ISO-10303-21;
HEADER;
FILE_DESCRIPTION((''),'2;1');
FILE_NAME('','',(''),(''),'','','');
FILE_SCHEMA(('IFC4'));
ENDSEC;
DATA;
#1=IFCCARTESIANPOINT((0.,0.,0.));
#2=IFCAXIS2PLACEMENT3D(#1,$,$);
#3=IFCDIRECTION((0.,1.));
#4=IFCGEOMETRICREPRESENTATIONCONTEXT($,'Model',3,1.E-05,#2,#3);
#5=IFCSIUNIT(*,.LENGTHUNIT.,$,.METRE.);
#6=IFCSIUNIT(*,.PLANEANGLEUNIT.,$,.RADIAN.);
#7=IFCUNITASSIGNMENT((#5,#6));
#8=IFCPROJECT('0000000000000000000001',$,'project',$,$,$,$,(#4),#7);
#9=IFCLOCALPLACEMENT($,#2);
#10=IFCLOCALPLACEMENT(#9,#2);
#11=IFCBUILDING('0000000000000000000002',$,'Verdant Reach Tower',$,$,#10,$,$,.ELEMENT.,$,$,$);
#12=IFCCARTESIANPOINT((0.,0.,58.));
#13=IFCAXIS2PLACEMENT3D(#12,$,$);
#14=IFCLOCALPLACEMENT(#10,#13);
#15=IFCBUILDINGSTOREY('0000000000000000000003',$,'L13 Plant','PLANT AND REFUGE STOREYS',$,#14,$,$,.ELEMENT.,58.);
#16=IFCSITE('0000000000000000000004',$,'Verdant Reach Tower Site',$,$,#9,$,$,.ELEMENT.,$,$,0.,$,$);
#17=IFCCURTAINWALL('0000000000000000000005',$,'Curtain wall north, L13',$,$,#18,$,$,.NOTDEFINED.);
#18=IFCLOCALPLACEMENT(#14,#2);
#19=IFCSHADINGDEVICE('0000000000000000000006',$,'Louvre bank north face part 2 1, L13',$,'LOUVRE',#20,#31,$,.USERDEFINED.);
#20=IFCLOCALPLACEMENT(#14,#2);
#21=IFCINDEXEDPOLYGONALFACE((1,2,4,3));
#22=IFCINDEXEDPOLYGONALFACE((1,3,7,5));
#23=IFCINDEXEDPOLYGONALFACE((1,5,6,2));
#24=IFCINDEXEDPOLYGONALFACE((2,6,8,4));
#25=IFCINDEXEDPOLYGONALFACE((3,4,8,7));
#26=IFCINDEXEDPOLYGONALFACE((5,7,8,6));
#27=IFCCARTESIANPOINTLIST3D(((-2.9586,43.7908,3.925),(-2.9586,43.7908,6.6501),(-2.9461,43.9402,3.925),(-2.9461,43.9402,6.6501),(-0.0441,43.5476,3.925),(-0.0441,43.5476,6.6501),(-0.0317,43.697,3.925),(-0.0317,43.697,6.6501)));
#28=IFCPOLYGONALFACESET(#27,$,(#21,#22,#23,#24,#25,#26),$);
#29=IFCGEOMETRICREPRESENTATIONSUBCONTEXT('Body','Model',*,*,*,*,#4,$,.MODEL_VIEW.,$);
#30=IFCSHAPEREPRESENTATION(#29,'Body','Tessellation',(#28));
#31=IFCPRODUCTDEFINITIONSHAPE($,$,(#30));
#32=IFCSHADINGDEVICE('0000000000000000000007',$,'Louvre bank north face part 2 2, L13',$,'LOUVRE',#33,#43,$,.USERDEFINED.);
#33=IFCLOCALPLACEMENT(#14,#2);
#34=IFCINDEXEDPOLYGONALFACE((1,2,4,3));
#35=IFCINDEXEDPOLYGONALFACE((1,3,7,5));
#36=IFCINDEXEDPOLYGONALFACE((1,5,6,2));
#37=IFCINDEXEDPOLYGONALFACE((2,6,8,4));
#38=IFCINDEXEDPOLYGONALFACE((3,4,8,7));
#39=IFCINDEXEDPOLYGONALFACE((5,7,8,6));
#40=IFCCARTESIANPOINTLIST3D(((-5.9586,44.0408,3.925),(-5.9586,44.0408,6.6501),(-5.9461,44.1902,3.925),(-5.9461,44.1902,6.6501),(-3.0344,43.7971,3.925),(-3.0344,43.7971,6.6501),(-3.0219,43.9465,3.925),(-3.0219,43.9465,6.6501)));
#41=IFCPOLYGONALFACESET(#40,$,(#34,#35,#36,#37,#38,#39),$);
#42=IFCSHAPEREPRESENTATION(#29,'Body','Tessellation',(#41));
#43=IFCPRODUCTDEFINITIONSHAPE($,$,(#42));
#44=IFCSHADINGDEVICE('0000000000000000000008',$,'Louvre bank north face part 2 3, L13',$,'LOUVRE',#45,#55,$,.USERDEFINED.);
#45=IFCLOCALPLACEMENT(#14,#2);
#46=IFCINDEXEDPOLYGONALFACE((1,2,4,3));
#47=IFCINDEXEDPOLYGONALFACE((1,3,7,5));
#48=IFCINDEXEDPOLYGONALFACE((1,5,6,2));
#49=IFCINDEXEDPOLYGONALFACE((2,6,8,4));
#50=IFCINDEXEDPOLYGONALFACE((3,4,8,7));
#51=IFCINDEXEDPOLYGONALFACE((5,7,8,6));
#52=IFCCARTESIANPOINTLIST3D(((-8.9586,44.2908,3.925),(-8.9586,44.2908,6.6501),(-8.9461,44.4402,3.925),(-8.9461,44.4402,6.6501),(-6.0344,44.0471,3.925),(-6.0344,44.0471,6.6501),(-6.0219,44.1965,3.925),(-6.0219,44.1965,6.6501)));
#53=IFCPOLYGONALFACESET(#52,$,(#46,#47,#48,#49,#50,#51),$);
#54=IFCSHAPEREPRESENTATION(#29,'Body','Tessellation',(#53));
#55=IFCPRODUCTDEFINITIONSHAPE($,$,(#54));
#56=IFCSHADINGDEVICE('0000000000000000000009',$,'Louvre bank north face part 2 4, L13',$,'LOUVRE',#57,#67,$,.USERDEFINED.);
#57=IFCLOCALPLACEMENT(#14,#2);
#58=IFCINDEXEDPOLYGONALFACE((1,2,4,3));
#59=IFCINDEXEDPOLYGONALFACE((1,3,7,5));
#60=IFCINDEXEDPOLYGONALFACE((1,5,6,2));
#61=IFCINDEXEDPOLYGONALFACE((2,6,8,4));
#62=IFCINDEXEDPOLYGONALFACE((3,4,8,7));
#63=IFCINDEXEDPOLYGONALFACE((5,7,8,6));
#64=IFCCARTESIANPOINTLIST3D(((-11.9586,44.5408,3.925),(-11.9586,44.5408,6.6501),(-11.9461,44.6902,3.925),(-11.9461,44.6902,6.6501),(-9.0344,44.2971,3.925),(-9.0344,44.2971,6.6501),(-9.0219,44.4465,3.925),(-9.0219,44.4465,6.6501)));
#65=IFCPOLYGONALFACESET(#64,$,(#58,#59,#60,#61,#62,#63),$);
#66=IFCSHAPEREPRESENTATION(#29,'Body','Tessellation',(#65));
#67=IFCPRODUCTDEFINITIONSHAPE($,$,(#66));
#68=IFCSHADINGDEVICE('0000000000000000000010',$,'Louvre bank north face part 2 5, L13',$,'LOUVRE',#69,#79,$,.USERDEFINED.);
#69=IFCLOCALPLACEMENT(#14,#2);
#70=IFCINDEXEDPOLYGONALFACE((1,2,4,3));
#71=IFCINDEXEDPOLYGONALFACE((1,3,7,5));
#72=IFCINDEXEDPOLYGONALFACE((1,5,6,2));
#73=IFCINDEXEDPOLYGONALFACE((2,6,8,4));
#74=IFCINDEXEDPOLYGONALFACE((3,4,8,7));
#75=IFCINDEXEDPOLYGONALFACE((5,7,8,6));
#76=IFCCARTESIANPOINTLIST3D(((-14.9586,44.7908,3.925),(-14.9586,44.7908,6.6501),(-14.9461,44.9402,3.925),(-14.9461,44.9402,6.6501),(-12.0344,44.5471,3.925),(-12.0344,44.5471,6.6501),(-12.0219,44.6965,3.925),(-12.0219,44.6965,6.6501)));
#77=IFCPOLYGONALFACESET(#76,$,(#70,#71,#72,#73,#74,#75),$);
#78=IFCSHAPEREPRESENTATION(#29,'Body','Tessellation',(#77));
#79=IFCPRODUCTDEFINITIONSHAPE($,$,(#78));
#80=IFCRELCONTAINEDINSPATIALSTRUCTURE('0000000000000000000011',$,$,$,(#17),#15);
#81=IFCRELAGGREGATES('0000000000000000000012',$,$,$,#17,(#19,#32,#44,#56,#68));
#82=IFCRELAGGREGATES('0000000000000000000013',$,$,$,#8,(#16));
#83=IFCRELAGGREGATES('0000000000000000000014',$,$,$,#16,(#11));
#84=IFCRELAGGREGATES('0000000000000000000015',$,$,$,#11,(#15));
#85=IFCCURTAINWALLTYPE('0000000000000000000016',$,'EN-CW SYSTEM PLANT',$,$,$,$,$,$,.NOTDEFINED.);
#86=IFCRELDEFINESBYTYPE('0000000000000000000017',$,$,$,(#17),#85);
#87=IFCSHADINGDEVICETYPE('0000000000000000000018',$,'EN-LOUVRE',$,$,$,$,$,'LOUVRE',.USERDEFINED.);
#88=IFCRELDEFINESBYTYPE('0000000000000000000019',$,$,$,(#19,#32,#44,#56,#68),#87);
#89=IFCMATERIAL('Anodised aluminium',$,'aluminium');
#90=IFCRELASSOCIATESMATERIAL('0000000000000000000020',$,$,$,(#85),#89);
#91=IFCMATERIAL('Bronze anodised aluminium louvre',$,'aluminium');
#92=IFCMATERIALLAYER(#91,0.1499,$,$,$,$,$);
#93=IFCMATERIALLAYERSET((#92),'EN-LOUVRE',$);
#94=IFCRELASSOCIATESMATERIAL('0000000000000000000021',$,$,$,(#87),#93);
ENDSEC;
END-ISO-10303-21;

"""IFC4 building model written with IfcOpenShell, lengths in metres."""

from ifc_helpers import new_model, si_unit, direction, frame, origin, origin_2d, place, context, subcontext, project, spatial, rectangle, extrude, material, layer, layer_set, type_object, element, aggregate, save


model = new_model("IFC4")

# Units and contexts
model_context = context("Model", 3, precision=1e-05, world=origin(), true_north=direction((0.0, 1.0)))
body_context = subcontext(model_context, "Body", "Model", "MODEL_VIEW")
ifc_project = project(units=[si_unit("LENGTHUNIT", "METRE"), si_unit("PLANEANGLEUNIT", "RADIAN")], contexts=[model_context])

# Site, building, storey
site_placement = place(None, origin())
site = spatial("IfcSite", under=ifc_project, at=site_placement, Name="Verdant Reach Tower Site", CompositionType="ELEMENT", RefElevation=0.0)
building_placement = place(site_placement, origin())
building = spatial("IfcBuilding", under=site, at=building_placement, Name="Verdant Reach Tower", CompositionType="ELEMENT")
storey_placement = place(building_placement, frame((0.0, 0.0, 58.0)))
storey = spatial("IfcBuildingStorey", under=building, at=storey_placement, Name="L13 Plant", Description="PLANT AND REFUGE STOREYS", CompositionType="ELEMENT", Elevation=58.0)

# Curtain wall
ifc_material_1 = material(Name="Anodised aluminium", Category="aluminium")
curtain_wall_type = type_object("IfcCurtainWallType", Name="EN-CW SYSTEM PLANT", PredefinedType="NOTDEFINED", material=ifc_material_1)
curtain_wall_placement = place(storey_placement, origin())
curtain_wall = element("IfcCurtainWall", 1, at=curtain_wall_placement, inside=storey, type_object=curtain_wall_type, Name="Curtain wall north, L13", PredefinedType="NOTDEFINED")

# Shading devices
ifc_material_2 = material(Name="Bronze anodised aluminium louvre", Category="aluminium")
ifc_layer_1 = layer(ifc_material_2, 0.1499)
ifc_layer_set_1 = layer_set([ifc_layer_1], Name="EN-LOUVRE")
shading_device_type = type_object("IfcShadingDeviceType", Name="EN-LOUVRE", ElementType="LOUVRE", PredefinedType="USERDEFINED", material=ifc_layer_set_1)
shading_device_1_placement = place(storey_placement, frame((-1.4951, 43.7439, 3.925), z_axis=(0.0, 0.0, 1.0), x_axis=(-0.996534, 0.083182, 0.0)))
shading_device_1 = element("IfcShadingDevice", 2, at=shading_device_1_placement, type_object=shading_device_type, Name="Louvre bank north face part 2 1, L13", ObjectType="LOUVRE", PredefinedType="USERDEFINED", context=body_context, shape_type="SweptSolid", body=[
    extrude(rectangle(XDim=2.9246, YDim=0.1499, at=origin_2d()), origin(), (0.0, 0.0, 1.0), 2.7251),
])
shading_device_2_placement = place(storey_placement, frame((-4.4902, 43.9937, 3.925), z_axis=(0.0, 0.0, 1.0), x_axis=(-0.996546, 0.083045, 0.0)))
shading_device_2 = element("IfcShadingDevice", 3, at=shading_device_2_placement, type_object=shading_device_type, Name="Louvre bank north face part 2 2, L13", ObjectType="LOUVRE", PredefinedType="USERDEFINED", context=body_context, shape_type="SweptSolid", body=[
    extrude(rectangle(XDim=2.9343, YDim=0.1499, at=origin_2d()), origin(), (0.0, 0.0, 1.0), 2.7251),
])
shading_device_3_placement = place(storey_placement, frame((-7.4902, 44.2437, 3.925), z_axis=(0.0, 0.0, 1.0), x_axis=(-0.996546, 0.083045, 0.0)))
shading_device_3 = element("IfcShadingDevice", 4, at=shading_device_3_placement, type_object=shading_device_type, Name="Louvre bank north face part 2 3, L13", ObjectType="LOUVRE", PredefinedType="USERDEFINED", context=body_context, shape_type="SweptSolid", body=[
    extrude(rectangle(XDim=2.9343, YDim=0.1499, at=origin_2d()), origin(), (0.0, 0.0, 1.0), 2.7251),
])
shading_device_4_placement = place(storey_placement, frame((-10.4902, 44.4937, 3.925), z_axis=(0.0, 0.0, 1.0), x_axis=(-0.996546, 0.083045, 0.0)))
shading_device_4 = element("IfcShadingDevice", 5, at=shading_device_4_placement, type_object=shading_device_type, Name="Louvre bank north face part 2 4, L13", ObjectType="LOUVRE", PredefinedType="USERDEFINED", context=body_context, shape_type="SweptSolid", body=[
    extrude(rectangle(XDim=2.9343, YDim=0.1499, at=origin_2d()), origin(), (0.0, 0.0, 1.0), 2.7251),
])
shading_device_5_placement = place(storey_placement, frame((-13.4902, 44.7437, 3.925), z_axis=(0.0, 0.0, 1.0), x_axis=(-0.996546, 0.083045, 0.0)))
shading_device_5 = element("IfcShadingDevice", 6, at=shading_device_5_placement, type_object=shading_device_type, Name="Louvre bank north face part 2 5, L13", ObjectType="LOUVRE", PredefinedType="USERDEFINED", context=body_context, shape_type="SweptSolid", body=[
    extrude(rectangle(XDim=2.9343, YDim=0.1499, at=origin_2d()), origin(), (0.0, 0.0, 1.0), 2.7251),
])
aggregate(curtain_wall, [shading_device_1, shading_device_2, shading_device_3, shading_device_4, shading_device_5])

save(model, "model.ifc")
